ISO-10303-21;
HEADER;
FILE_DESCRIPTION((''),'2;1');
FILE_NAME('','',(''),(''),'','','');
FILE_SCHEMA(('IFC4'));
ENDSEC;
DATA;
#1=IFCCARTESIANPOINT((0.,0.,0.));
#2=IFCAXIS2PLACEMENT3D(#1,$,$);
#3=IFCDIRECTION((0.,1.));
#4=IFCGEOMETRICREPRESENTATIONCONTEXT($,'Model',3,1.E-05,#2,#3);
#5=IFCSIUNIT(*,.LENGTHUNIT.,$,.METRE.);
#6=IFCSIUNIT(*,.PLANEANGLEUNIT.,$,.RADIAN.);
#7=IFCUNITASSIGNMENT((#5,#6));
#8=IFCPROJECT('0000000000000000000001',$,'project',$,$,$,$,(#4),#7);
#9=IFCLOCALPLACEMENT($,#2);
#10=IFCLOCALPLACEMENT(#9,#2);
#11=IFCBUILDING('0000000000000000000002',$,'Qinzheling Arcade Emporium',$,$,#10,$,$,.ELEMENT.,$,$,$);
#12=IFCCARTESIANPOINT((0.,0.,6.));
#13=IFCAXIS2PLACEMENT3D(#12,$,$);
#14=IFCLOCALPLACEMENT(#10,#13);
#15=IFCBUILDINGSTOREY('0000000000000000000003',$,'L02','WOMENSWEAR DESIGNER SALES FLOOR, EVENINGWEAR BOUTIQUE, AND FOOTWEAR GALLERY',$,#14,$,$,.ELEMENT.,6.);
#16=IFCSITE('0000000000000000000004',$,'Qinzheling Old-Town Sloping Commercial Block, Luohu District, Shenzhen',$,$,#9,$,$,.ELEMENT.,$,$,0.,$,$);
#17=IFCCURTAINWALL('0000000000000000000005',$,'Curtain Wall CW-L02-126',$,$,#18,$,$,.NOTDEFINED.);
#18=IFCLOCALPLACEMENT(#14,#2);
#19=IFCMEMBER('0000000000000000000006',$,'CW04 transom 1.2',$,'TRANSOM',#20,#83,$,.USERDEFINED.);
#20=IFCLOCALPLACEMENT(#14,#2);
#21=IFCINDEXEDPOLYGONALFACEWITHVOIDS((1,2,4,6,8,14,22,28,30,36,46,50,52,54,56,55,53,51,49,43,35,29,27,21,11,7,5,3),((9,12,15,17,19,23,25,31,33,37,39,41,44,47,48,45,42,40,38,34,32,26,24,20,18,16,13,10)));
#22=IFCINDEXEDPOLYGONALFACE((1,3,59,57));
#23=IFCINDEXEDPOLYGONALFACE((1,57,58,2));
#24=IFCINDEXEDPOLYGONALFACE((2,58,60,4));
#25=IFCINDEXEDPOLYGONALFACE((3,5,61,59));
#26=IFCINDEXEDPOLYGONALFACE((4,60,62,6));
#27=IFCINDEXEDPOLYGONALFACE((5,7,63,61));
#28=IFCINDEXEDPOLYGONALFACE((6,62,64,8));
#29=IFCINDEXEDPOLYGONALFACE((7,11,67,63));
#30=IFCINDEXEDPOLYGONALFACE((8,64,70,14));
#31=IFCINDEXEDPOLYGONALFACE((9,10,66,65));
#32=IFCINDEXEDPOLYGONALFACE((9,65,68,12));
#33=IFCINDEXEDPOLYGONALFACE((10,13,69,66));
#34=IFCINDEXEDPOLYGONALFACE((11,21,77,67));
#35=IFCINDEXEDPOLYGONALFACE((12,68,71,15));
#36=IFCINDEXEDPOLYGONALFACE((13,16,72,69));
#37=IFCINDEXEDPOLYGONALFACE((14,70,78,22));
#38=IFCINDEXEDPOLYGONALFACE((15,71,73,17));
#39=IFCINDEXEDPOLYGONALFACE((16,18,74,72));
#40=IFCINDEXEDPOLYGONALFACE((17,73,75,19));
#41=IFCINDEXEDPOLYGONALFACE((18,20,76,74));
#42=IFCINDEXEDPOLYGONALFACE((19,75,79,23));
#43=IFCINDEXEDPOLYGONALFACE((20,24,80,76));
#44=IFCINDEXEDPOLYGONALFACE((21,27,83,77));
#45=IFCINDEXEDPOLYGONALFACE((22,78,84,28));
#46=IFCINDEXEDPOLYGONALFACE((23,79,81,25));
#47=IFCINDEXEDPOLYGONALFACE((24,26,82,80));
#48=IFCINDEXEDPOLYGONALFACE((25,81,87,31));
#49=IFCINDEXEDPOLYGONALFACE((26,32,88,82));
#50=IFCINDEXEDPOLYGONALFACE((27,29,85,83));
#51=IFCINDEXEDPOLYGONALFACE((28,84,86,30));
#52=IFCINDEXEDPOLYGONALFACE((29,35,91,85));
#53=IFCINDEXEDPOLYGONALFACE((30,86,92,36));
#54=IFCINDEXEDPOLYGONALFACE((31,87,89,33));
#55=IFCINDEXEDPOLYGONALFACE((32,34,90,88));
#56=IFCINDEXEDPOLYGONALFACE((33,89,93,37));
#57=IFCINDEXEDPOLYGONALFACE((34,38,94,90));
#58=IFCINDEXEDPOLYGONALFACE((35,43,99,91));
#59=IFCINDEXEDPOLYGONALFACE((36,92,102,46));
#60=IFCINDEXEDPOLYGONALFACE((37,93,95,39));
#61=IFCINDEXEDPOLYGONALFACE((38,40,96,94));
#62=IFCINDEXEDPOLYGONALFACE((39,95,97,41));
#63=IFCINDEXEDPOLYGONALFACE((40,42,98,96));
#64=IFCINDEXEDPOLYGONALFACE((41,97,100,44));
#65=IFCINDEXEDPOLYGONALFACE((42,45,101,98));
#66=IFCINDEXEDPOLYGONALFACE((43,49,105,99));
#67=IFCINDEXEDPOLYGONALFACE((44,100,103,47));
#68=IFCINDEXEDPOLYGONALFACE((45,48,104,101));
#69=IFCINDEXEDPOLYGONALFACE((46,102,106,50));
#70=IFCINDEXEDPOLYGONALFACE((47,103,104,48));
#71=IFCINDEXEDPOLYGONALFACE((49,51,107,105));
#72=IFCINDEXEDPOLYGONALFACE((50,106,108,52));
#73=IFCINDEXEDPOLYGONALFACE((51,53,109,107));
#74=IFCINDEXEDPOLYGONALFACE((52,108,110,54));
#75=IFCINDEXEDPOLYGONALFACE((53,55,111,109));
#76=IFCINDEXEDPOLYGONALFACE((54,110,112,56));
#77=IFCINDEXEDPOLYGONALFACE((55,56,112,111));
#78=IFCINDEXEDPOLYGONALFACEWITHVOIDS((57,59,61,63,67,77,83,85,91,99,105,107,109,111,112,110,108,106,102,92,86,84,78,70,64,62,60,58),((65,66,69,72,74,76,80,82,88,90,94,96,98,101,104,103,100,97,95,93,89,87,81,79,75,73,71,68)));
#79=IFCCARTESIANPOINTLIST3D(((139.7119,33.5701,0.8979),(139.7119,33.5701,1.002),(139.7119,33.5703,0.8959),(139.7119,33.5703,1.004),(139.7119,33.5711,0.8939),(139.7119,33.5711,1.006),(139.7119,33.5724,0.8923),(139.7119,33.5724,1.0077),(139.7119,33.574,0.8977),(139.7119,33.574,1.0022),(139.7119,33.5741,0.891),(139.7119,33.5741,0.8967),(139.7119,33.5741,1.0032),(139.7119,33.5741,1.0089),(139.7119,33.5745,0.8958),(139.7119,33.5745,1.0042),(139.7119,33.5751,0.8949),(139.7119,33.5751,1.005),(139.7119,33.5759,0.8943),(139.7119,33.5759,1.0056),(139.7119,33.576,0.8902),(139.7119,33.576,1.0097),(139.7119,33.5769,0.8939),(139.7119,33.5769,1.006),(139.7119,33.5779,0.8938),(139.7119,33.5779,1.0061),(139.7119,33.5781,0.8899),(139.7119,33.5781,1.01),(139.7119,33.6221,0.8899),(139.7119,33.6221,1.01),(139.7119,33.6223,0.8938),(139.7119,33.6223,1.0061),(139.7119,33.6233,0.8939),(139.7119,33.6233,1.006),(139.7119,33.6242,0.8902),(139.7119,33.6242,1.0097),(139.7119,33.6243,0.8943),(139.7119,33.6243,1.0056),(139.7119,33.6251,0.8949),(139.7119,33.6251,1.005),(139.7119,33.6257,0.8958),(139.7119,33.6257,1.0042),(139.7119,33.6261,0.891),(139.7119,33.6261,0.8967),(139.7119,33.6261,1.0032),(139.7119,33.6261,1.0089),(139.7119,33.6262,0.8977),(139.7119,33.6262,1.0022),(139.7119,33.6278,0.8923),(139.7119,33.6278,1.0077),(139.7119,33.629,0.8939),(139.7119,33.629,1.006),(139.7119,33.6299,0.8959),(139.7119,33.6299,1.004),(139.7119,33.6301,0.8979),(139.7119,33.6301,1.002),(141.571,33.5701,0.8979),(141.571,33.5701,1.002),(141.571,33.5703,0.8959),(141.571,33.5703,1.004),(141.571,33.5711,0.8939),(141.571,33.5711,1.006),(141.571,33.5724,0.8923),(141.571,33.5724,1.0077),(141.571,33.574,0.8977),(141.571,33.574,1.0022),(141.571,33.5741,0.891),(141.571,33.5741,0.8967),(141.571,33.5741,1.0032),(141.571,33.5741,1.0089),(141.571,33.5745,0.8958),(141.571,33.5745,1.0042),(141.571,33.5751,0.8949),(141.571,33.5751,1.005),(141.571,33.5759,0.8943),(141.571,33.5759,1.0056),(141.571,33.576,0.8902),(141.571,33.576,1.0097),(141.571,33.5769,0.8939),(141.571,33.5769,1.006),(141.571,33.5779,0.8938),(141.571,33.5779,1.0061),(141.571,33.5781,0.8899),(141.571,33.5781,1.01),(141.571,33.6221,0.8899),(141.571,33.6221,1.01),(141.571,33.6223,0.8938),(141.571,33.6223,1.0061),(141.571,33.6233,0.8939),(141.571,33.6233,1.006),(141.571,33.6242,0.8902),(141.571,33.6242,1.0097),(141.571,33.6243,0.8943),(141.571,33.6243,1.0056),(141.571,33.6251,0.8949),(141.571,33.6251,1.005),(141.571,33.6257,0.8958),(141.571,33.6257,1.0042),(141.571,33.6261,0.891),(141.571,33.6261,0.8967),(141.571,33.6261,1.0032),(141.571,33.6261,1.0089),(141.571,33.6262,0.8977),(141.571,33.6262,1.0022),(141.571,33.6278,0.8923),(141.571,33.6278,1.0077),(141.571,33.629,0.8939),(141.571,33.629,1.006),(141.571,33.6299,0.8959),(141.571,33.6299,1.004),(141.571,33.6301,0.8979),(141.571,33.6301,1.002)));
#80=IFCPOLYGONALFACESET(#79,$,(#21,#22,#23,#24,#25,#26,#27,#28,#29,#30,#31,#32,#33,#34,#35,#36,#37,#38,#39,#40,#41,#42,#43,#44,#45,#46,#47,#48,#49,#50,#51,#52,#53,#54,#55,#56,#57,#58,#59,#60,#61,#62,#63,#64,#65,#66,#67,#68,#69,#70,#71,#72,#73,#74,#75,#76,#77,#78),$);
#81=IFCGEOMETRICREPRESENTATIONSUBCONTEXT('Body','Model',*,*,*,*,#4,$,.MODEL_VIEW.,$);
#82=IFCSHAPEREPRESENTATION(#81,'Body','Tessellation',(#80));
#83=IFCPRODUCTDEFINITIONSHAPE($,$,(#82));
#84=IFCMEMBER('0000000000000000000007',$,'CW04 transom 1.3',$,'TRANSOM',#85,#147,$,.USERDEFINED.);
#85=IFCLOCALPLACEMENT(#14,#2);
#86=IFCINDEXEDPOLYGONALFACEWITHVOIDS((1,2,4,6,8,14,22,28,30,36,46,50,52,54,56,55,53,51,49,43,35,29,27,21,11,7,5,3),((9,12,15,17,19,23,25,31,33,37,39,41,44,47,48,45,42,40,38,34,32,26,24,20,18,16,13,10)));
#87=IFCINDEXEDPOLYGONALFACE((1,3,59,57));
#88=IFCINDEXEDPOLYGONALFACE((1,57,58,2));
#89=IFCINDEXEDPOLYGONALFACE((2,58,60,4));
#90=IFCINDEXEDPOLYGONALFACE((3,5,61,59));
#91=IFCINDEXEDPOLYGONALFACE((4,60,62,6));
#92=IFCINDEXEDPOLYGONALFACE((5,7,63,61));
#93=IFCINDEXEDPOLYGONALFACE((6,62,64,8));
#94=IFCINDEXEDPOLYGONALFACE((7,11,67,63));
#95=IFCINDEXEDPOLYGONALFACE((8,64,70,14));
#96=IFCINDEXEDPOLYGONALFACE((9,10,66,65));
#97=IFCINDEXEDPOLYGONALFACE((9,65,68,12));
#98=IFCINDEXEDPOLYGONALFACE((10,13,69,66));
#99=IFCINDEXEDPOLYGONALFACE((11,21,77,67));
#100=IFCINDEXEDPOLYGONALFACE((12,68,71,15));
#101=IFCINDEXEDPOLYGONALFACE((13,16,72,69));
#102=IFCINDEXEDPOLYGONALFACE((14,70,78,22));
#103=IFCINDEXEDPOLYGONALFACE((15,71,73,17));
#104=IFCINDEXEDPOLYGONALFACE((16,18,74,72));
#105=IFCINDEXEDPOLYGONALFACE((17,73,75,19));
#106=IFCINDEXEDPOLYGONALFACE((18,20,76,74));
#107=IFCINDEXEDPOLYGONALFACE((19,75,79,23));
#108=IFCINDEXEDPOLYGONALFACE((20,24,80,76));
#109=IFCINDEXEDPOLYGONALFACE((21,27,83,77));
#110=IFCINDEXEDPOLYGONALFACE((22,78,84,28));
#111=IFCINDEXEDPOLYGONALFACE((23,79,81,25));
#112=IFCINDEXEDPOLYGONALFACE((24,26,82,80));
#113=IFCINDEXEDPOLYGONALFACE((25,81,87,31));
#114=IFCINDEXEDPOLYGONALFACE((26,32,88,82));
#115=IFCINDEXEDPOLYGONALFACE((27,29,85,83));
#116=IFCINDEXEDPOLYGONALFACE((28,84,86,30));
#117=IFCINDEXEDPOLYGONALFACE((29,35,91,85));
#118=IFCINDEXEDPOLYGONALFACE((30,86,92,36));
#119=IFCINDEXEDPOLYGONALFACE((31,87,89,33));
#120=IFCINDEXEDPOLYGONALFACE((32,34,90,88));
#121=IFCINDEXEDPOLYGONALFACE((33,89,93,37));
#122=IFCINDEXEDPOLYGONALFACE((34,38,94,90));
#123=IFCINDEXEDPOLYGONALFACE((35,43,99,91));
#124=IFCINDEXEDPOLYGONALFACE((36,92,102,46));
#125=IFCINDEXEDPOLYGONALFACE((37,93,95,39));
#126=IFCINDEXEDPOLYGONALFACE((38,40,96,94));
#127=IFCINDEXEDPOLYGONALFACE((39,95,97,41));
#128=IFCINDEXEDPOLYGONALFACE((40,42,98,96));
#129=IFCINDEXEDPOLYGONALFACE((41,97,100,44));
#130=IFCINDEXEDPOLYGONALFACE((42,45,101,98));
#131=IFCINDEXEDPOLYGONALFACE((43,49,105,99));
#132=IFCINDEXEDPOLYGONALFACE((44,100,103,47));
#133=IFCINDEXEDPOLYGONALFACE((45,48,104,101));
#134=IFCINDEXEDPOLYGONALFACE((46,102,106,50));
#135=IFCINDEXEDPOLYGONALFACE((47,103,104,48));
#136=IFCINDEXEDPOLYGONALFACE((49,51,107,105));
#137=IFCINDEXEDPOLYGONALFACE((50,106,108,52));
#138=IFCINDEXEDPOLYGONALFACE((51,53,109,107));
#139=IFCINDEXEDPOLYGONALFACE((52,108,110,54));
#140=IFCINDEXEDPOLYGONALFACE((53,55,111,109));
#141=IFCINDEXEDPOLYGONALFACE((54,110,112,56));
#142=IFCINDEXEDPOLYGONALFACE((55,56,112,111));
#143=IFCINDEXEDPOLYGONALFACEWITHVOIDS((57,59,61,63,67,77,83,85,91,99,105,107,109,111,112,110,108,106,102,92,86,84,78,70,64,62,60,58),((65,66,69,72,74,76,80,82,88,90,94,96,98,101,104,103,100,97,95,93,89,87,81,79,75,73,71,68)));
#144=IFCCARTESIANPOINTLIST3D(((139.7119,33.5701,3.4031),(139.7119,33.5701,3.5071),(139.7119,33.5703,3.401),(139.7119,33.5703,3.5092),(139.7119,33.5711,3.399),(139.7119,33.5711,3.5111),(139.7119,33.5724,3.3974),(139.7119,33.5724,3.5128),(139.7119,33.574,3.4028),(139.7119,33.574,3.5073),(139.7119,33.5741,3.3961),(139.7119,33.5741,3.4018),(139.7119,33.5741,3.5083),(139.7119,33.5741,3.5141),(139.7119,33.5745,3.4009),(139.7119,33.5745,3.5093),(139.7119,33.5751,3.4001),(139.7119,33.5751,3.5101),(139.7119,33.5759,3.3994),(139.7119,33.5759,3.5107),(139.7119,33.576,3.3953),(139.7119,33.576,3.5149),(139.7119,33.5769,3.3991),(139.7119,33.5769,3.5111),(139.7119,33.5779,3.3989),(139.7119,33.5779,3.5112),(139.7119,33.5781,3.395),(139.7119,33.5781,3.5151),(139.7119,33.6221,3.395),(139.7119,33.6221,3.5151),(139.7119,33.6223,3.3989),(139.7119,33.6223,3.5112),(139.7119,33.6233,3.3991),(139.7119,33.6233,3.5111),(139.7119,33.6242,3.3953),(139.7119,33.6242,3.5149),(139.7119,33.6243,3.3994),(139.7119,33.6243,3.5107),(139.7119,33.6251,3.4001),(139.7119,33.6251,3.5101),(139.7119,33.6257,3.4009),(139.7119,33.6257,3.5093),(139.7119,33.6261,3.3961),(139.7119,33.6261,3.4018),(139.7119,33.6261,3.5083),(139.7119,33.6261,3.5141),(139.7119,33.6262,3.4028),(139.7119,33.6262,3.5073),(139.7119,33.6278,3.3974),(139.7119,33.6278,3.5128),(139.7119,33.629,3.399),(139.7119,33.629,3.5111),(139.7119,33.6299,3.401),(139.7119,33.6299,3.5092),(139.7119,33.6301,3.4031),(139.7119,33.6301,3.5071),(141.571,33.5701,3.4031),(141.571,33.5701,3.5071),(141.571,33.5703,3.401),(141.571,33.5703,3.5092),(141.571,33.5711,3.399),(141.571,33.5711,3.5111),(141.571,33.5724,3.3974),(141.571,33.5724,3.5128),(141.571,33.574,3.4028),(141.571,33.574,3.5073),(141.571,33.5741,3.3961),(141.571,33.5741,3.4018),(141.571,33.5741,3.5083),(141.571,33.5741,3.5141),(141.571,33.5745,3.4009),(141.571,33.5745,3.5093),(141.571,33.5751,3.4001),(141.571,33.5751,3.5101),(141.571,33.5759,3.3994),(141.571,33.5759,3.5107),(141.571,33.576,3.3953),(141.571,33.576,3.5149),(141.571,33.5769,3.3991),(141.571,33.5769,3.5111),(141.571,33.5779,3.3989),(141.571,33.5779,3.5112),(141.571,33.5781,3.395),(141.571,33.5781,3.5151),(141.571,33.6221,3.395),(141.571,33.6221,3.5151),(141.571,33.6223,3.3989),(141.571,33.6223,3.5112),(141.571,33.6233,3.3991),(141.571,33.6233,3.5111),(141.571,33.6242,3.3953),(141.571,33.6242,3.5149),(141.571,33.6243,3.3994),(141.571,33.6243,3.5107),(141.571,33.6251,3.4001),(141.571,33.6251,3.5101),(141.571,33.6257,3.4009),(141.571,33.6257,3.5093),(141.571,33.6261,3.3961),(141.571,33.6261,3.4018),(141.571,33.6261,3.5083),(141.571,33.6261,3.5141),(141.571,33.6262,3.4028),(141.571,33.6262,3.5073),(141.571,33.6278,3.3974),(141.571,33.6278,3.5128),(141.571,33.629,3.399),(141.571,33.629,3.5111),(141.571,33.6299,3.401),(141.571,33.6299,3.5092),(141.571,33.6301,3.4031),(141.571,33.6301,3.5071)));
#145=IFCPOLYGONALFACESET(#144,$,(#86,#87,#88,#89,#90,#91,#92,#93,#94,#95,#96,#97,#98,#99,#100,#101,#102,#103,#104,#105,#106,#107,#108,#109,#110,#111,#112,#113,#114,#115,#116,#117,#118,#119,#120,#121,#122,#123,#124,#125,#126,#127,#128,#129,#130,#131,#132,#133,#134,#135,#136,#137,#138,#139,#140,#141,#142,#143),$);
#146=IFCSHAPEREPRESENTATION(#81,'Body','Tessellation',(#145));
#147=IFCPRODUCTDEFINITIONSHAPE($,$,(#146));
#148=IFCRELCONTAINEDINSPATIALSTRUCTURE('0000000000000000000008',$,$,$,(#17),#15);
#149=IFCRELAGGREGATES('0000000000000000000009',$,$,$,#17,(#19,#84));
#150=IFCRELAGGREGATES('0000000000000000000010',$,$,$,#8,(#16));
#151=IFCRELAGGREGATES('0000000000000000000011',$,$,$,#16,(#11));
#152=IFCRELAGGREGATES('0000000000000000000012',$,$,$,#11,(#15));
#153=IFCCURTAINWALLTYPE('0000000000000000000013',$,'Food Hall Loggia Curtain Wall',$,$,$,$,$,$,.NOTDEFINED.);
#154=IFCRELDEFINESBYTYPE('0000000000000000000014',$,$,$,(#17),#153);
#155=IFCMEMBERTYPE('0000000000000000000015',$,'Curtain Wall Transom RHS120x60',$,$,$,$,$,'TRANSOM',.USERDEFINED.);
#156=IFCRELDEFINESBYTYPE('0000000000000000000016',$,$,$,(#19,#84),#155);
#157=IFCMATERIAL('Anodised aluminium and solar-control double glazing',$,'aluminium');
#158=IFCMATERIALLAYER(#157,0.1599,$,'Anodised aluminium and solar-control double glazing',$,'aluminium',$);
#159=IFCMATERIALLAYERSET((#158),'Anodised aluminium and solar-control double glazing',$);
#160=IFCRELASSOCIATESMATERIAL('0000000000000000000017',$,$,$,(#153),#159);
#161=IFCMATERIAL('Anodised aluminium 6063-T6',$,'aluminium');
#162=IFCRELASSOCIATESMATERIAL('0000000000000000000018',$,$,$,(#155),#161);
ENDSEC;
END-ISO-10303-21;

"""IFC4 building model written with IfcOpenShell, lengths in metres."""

from ifc_helpers import new_model, si_unit, direction, frame, origin, origin_2d, place, context, subcontext, project, spatial, hollow_rectangle, extrude, material, layer, layer_set, material_profile, profile_set, type_object, element, aggregate, save


model = new_model("IFC4")

# Units and contexts
model_context = context("Model", 3, precision=1e-05, world=origin(), true_north=direction((0.0, 1.0)))
body_context = subcontext(model_context, "Body", "Model", "MODEL_VIEW")
ifc_project = project(units=[si_unit("LENGTHUNIT", "METRE"), si_unit("PLANEANGLEUNIT", "RADIAN")], contexts=[model_context])

# Site, building, storey
site_placement = place(None, origin())
site = spatial("IfcSite", under=ifc_project, at=site_placement, Name="Qinzheling Old-Town Sloping Commercial Block, Luohu District, Shenzhen", CompositionType="ELEMENT", RefElevation=0.0)
building_placement = place(site_placement, origin())
building = spatial("IfcBuilding", under=site, at=building_placement, Name="Qinzheling Arcade Emporium", CompositionType="ELEMENT")
storey_placement = place(building_placement, frame((0.0, 0.0, 6.0)))
storey = spatial("IfcBuildingStorey", under=building, at=storey_placement, Name="L02", Description="WOMENSWEAR DESIGNER SALES FLOOR, EVENINGWEAR BOUTIQUE, AND FOOTWEAR GALLERY", CompositionType="ELEMENT", Elevation=6.0)

# Curtain wall, members
ifc_material_1 = material(Name="Anodised aluminium and solar-control double glazing", Category="aluminium")
ifc_layer_1 = layer(ifc_material_1, 0.1599, Name="Anodised aluminium and solar-control double glazing", Category="aluminium")
ifc_layer_set_1 = layer_set([ifc_layer_1], Name="Anodised aluminium and solar-control double glazing")
curtain_wall_type = type_object("IfcCurtainWallType", Name="Food Hall Loggia Curtain Wall", PredefinedType="NOTDEFINED", material=ifc_layer_set_1)
curtain_wall_placement = place(storey_placement, origin())
curtain_wall = element("IfcCurtainWall", 1, at=curtain_wall_placement, inside=storey, type_object=curtain_wall_type, Name="Curtain Wall CW-L02-126", PredefinedType="NOTDEFINED")
ifc_material_2 = material(Name="Anodised aluminium 6063-T6", Category="aluminium")
ifc_material_profile_1 = material_profile(ifc_material_2, hollow_rectangle(XDim=0.0601, YDim=0.1201, WallThickness=0.0039, InnerFilletRadius=0.0039, OuterFilletRadius=0.0081, at=origin_2d()), Name="RHS 120x60x4", Category="aluminium")
ifc_profile_set_1 = profile_set([ifc_material_profile_1], Name="Anodised aluminium 6063-T6")
member_type_1 = type_object("IfcMemberType", Name="Curtain Wall Transom RHS120x60", ElementType="TRANSOM", PredefinedType="USERDEFINED", material=ifc_profile_set_1)
member_1_placement = place(storey_placement, frame((139.7119, 33.6001, 0.95), z_axis=(1.0, 0.0, 0.0), x_axis=(0.0, 1.0, 0.0)))
member_1 = element("IfcMember", 2, at=member_1_placement, type_object=member_type_1, Name="CW04 transom 1.2", ObjectType="TRANSOM", PredefinedType="USERDEFINED", context=body_context, shape_type="SweptSolid", body=[
    extrude(hollow_rectangle(XDim=0.0601, YDim=0.1201, WallThickness=0.0039, InnerFilletRadius=0.0039, OuterFilletRadius=0.0081, at=origin_2d()), origin(), (0.0, 0.0, 1.0), 1.8591),
])
member_2_placement = place(storey_placement, frame((139.7119, 33.6001, 3.4551), z_axis=(1.0, 0.0, 0.0), x_axis=(0.0, 1.0, 0.0)))
member_2 = element("IfcMember", 3, at=member_2_placement, type_object=member_type_1, Name="CW04 transom 1.3", ObjectType="TRANSOM", PredefinedType="USERDEFINED", context=body_context, shape_type="SweptSolid", body=[
    extrude(hollow_rectangle(XDim=0.0601, YDim=0.1201, WallThickness=0.0039, InnerFilletRadius=0.0039, OuterFilletRadius=0.0081, at=origin_2d()), origin(), (0.0, 0.0, 1.0), 1.8591),
])

aggregate(curtain_wall, [member_1, member_2])

save(model, "model.ifc")
